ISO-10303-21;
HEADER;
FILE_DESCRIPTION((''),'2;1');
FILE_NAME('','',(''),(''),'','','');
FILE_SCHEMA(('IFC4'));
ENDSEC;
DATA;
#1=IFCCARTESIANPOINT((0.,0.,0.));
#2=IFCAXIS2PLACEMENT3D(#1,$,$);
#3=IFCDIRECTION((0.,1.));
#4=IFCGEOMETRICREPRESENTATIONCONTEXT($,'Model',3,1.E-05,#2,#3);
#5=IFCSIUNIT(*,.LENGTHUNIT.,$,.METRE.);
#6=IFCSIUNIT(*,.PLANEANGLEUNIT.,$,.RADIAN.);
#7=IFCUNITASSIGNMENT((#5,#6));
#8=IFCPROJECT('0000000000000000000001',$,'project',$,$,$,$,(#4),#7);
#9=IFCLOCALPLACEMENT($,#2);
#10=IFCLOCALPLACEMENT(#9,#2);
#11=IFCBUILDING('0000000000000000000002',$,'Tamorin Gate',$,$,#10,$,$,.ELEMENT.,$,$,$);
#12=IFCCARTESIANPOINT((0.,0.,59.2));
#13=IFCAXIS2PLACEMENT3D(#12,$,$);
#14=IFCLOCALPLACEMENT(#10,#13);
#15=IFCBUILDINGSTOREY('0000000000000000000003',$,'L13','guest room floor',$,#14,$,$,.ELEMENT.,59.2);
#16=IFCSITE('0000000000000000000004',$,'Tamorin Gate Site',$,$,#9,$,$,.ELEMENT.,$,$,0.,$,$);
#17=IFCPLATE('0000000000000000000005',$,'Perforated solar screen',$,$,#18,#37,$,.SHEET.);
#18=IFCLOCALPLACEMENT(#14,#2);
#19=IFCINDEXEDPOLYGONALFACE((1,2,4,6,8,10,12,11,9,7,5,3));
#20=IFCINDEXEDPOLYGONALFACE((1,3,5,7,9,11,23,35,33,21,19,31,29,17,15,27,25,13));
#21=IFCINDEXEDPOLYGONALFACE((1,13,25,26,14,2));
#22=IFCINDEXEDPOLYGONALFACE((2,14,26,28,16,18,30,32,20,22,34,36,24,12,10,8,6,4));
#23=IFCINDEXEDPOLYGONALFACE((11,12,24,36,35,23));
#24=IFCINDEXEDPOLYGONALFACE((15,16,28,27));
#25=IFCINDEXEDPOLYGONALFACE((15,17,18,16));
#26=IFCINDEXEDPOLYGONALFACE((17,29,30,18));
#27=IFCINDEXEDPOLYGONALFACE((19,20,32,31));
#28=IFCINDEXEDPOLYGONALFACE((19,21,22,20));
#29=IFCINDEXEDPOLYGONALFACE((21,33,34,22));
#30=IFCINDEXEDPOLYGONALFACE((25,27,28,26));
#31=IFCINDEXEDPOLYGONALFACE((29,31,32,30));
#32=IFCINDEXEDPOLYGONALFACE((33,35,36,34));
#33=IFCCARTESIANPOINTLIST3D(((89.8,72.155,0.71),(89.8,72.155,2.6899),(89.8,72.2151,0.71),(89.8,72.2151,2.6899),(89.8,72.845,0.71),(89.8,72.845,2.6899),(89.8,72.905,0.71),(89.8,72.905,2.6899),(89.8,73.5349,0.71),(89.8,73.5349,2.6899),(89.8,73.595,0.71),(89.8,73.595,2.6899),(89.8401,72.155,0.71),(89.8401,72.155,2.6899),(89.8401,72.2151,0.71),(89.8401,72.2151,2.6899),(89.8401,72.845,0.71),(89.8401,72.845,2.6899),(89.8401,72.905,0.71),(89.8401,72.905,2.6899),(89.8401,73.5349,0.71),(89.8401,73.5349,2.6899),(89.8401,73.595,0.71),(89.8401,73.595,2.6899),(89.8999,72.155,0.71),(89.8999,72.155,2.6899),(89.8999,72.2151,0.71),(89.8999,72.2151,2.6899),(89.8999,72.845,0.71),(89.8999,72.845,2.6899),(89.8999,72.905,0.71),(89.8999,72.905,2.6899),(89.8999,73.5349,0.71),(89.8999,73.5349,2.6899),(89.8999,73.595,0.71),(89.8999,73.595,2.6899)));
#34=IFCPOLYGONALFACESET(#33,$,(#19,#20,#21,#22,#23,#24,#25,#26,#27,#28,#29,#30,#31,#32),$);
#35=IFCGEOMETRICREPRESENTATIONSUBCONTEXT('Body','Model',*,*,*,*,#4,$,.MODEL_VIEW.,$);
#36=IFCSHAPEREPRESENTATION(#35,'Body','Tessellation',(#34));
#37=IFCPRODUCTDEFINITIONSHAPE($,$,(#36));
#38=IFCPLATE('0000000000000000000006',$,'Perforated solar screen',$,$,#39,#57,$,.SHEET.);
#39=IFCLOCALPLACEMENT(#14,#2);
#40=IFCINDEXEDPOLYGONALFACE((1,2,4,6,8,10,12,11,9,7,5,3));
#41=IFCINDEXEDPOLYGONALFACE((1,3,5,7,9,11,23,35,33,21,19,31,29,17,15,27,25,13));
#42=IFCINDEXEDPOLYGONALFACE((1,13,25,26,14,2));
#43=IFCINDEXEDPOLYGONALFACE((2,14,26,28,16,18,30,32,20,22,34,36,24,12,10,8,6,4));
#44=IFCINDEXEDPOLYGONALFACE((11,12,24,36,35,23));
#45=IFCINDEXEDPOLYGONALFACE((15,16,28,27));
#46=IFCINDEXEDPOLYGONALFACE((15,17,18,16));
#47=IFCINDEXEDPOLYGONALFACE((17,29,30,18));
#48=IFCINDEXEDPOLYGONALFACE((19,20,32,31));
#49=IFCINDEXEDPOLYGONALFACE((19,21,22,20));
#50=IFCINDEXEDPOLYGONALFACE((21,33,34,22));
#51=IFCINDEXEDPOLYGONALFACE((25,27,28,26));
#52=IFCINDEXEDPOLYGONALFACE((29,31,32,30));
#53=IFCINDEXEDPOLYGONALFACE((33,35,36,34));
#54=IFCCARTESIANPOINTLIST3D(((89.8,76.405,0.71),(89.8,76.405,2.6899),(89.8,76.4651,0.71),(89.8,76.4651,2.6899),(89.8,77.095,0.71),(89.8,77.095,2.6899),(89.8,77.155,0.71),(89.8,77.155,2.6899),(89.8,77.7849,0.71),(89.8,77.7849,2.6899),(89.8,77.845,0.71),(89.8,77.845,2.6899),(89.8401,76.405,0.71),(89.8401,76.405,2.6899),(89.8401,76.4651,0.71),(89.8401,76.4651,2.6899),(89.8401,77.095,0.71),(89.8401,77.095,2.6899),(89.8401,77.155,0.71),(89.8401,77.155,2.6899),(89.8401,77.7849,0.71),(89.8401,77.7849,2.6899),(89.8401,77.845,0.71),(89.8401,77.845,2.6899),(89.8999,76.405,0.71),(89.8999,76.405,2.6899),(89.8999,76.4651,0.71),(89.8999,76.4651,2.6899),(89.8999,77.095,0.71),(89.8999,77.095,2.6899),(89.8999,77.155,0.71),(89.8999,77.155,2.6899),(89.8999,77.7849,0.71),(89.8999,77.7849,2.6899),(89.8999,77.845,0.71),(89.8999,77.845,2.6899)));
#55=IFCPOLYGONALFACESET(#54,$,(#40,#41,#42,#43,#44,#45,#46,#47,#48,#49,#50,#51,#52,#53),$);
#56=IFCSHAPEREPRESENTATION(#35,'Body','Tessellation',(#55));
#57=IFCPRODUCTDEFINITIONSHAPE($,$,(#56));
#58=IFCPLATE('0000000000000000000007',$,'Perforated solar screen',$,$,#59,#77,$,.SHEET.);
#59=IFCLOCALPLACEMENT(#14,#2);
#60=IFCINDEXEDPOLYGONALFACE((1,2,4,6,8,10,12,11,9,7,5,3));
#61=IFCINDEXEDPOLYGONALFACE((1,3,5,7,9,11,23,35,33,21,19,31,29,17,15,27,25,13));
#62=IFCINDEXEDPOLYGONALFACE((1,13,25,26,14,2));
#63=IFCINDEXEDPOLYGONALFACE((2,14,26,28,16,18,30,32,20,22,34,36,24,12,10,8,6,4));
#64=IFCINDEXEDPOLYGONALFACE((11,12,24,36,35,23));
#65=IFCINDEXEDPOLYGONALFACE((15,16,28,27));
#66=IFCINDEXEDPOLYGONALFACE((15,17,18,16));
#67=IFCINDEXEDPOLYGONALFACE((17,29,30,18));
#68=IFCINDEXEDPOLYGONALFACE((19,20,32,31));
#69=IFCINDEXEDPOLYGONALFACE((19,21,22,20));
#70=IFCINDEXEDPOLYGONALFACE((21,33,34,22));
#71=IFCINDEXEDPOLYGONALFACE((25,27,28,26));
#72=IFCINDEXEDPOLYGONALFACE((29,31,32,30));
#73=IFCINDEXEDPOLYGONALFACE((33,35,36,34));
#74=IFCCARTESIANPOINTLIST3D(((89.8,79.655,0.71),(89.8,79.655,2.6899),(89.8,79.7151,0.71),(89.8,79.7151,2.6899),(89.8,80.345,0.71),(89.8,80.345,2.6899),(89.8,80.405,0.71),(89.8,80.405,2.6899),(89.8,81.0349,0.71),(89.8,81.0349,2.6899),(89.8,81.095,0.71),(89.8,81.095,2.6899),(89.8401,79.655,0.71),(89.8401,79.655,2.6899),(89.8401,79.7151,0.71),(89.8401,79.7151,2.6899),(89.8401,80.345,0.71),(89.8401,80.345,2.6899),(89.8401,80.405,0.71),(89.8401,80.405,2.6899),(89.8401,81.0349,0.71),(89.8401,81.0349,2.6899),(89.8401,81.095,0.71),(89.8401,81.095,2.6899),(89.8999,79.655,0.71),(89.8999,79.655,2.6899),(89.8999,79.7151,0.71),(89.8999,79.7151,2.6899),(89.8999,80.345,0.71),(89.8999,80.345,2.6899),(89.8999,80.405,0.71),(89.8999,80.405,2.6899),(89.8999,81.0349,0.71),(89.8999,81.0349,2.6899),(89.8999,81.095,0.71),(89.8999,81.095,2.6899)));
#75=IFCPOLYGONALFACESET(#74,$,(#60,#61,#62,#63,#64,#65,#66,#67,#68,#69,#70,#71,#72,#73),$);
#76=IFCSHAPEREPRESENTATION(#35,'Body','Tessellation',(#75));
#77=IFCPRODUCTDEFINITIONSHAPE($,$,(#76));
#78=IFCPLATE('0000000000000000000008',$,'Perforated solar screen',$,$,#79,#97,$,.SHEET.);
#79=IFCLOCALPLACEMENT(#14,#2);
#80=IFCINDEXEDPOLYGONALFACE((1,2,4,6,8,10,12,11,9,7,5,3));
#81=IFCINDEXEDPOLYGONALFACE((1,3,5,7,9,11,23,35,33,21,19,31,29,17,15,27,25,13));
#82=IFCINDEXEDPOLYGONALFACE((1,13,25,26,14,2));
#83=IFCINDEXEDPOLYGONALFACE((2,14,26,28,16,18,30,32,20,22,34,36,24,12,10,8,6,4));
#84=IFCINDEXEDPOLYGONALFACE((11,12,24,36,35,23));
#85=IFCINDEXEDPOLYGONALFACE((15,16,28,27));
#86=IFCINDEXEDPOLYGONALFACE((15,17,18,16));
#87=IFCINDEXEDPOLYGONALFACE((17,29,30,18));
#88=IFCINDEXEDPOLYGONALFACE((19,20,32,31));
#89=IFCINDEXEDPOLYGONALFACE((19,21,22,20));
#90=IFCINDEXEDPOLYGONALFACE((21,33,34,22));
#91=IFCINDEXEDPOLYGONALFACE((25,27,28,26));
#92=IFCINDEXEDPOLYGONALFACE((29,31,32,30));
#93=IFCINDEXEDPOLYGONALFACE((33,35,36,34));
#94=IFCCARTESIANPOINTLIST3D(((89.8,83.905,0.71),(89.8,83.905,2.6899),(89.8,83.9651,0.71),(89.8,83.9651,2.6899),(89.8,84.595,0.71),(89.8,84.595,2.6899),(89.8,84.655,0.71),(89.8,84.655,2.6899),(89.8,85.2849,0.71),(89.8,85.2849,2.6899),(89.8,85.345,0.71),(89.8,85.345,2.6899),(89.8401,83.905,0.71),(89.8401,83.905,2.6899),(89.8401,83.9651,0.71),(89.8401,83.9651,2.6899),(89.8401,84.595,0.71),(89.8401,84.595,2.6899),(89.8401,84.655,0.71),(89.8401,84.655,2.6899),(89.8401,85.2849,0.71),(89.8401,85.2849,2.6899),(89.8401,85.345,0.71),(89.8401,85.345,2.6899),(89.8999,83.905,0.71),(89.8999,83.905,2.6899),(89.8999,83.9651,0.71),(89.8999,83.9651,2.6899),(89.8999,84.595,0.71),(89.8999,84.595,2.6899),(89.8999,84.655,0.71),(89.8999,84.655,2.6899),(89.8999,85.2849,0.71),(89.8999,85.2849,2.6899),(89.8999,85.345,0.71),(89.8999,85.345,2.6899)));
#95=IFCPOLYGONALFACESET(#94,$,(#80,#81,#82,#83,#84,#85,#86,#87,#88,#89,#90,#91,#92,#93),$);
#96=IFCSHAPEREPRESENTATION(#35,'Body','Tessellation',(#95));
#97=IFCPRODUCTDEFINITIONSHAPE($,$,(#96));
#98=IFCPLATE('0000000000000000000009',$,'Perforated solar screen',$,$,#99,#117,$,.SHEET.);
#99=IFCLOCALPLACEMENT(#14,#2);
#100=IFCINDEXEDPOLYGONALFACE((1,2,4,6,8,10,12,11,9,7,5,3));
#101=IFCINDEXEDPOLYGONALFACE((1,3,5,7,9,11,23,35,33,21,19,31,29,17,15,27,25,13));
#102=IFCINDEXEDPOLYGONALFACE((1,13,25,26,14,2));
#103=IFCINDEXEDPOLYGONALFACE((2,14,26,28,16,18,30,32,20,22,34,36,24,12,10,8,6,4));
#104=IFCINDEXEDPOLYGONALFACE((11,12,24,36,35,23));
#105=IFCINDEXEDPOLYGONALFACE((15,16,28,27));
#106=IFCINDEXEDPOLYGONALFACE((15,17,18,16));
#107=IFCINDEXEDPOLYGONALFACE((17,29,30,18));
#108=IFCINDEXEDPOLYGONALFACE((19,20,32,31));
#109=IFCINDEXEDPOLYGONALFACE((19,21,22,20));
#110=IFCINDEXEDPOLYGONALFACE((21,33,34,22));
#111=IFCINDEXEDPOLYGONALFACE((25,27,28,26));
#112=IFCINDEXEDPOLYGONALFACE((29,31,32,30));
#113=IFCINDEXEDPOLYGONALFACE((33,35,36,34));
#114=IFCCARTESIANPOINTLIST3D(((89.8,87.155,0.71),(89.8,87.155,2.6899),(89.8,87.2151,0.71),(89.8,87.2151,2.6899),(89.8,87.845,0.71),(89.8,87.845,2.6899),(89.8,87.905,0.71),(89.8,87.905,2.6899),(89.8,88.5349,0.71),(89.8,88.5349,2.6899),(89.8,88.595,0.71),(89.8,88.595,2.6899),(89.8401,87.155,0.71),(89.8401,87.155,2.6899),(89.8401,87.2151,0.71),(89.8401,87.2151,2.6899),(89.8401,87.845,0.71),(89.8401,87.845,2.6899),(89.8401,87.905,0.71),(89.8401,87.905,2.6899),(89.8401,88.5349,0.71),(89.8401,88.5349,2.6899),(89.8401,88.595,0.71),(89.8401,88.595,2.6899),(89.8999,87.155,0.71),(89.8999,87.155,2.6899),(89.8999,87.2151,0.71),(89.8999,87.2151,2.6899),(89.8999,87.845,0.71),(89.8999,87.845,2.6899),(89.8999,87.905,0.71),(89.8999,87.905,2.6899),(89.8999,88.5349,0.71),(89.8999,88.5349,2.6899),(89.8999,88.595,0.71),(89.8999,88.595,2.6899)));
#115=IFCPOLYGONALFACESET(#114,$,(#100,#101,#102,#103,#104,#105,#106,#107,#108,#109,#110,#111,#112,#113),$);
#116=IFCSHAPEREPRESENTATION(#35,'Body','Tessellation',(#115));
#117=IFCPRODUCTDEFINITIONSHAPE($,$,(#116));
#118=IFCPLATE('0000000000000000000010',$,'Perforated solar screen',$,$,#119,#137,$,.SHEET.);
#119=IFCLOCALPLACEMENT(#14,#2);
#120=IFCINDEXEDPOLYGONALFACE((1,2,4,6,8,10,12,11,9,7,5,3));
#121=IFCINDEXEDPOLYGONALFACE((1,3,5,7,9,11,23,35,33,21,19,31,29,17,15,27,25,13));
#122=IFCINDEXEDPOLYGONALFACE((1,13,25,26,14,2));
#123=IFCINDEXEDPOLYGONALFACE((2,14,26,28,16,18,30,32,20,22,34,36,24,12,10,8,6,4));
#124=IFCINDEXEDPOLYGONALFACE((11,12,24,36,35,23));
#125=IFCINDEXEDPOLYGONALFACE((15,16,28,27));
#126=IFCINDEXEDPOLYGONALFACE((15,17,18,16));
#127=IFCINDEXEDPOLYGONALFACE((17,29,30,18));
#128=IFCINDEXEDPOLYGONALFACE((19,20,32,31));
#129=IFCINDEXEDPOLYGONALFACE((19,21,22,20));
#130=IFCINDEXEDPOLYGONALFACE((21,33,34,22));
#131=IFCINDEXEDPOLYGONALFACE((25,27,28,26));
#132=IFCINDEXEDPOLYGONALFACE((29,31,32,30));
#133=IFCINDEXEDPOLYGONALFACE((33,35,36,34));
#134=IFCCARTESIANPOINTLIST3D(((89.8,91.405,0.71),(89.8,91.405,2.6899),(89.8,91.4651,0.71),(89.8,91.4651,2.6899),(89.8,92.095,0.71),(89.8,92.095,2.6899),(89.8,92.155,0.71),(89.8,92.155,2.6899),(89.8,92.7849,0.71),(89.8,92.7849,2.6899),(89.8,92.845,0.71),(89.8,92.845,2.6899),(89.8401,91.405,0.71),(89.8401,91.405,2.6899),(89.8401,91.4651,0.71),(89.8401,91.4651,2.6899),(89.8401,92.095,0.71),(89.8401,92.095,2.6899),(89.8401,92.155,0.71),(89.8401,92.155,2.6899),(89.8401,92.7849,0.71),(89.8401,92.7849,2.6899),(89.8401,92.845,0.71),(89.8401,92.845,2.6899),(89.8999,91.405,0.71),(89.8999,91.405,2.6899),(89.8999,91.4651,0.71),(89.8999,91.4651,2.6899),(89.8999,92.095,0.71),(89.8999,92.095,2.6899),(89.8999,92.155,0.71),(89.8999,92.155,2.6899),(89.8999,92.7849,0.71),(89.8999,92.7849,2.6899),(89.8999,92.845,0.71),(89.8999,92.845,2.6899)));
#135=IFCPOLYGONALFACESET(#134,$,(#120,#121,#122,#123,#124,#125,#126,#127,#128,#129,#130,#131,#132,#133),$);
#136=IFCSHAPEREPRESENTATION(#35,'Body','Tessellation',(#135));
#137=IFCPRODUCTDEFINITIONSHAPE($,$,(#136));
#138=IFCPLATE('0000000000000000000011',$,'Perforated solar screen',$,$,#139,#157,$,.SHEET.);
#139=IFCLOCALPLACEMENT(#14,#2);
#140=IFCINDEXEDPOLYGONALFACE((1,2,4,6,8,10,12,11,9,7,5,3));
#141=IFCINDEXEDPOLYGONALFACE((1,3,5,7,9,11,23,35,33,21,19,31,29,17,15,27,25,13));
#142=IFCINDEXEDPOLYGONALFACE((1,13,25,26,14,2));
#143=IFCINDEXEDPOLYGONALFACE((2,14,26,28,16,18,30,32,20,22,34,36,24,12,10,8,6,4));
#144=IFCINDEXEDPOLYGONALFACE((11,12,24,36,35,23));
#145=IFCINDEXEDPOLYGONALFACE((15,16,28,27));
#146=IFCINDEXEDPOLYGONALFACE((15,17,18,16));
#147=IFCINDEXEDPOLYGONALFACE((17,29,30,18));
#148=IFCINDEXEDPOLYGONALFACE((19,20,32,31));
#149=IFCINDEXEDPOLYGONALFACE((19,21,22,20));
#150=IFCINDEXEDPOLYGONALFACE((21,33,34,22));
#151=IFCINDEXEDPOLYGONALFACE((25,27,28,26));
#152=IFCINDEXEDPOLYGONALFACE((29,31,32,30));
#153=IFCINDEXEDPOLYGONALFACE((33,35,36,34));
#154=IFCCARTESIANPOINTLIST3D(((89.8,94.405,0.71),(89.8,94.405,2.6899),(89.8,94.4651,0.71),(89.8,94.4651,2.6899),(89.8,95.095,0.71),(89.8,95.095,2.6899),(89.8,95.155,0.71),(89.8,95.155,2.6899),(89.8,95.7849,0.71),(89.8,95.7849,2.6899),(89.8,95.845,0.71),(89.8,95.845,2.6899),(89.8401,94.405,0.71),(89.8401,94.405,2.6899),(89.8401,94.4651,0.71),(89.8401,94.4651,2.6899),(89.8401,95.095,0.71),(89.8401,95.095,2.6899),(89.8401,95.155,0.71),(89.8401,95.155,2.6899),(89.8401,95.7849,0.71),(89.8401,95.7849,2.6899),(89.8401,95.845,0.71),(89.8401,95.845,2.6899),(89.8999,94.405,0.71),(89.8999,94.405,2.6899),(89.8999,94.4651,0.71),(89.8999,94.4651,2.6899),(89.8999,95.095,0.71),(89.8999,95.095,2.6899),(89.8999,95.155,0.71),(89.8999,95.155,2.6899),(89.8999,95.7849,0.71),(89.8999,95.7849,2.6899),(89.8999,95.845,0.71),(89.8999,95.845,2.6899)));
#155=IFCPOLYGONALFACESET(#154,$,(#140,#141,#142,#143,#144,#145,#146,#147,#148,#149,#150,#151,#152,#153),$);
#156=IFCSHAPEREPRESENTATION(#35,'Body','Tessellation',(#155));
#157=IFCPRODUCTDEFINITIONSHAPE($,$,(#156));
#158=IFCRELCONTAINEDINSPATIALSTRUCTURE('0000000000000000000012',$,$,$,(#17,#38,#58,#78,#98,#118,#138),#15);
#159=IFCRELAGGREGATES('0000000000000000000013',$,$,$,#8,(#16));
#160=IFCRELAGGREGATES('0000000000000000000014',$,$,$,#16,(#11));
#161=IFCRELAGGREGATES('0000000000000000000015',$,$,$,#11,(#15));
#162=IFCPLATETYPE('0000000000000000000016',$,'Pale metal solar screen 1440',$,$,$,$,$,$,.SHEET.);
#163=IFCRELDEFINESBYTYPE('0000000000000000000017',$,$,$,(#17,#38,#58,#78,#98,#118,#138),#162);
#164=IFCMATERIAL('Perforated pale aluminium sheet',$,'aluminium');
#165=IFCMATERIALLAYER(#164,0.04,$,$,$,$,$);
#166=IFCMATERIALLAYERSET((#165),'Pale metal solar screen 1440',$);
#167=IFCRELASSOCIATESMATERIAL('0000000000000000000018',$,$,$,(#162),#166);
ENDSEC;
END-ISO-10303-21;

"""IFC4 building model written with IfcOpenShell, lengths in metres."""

from ifc_helpers import new_model, si_unit, direction, frame, origin, place, context, subcontext, project, spatial, polyline, outline, extrude, material, layer, layer_set, type_object, element, save


model = new_model("IFC4")

# Units and contexts
model_context = context("Model", 3, precision=1e-05, world=origin(), true_north=direction((0.0, 1.0)))
body_context = subcontext(model_context, "Body", "Model", "MODEL_VIEW")
ifc_project = project(units=[si_unit("LENGTHUNIT", "METRE"), si_unit("PLANEANGLEUNIT", "RADIAN")], contexts=[model_context])

# Site, building, storey
site_placement = place(None, origin())
site = spatial("IfcSite", under=ifc_project, at=site_placement, Name="Tamorin Gate Site", CompositionType="ELEMENT", RefElevation=0.0)
building_placement = place(site_placement, origin())
building = spatial("IfcBuilding", under=site, at=building_placement, Name="Tamorin Gate", CompositionType="ELEMENT")
storey_placement = place(building_placement, frame((0.0, 0.0, 59.2)))
storey = spatial("IfcBuildingStorey", under=building, at=storey_placement, Name="L13", Description="guest room floor", CompositionType="ELEMENT", Elevation=59.2)

# Plates
ifc_material = material(Name="Perforated pale aluminium sheet", Category="aluminium")
ifc_layer = layer(ifc_material, 0.04)
ifc_layer_set = layer_set([ifc_layer], Name="Pale metal solar screen 1440")
plate_type = type_object("IfcPlateType", Name="Pale metal solar screen 1440", PredefinedType="SHEET", material=ifc_layer_set)
plate_1_placement = place(storey_placement, frame((0.0, 0.0, 0.71)))
element("IfcPlate", 1, at=plate_1_placement, inside=storey, type_object=plate_type, Name="Perforated solar screen", PredefinedType="SHEET", context=body_context, shape_type="SweptSolid", body=[
    extrude(outline(polyline([(89.8401, 72.155), (89.8, 72.155), (89.8, 72.2151), (89.8, 72.845), (89.8, 72.905), (89.8, 73.5349), (89.8, 73.595), (89.8401, 73.595), (89.8999, 73.595), (89.8999, 73.5349), (89.8401, 73.5349), (89.8401, 72.905), (89.8999, 72.905), (89.8999, 72.845), (89.8401, 72.845), (89.8401, 72.2151), (89.8999, 72.2151), (89.8999, 72.155), (89.8401, 72.155)])), origin(), (0.0, 0.0, 1.0), 1.98),
])
plate_2_placement = place(storey_placement, frame((0.0, 0.0, 0.71)))
element("IfcPlate", 2, at=plate_2_placement, inside=storey, type_object=plate_type, Name="Perforated solar screen", PredefinedType="SHEET", context=body_context, shape_type="SweptSolid", body=[
    extrude(outline(polyline([(89.8401, 76.405), (89.8, 76.405), (89.8, 76.4651), (89.8, 77.095), (89.8, 77.155), (89.8, 77.7849), (89.8, 77.845), (89.8401, 77.845), (89.8999, 77.845), (89.8999, 77.7849), (89.8401, 77.7849), (89.8401, 77.155), (89.8999, 77.155), (89.8999, 77.095), (89.8401, 77.095), (89.8401, 76.4651), (89.8999, 76.4651), (89.8999, 76.405), (89.8401, 76.405)])), origin(), (0.0, 0.0, 1.0), 1.98),
])
plate_3_placement = place(storey_placement, frame((0.0, 0.0, 0.71)))
element("IfcPlate", 3, at=plate_3_placement, inside=storey, type_object=plate_type, Name="Perforated solar screen", PredefinedType="SHEET", context=body_context, shape_type="SweptSolid", body=[
    extrude(outline(polyline([(89.8401, 79.655), (89.8, 79.655), (89.8, 79.7151), (89.8, 80.345), (89.8, 80.405), (89.8, 81.0349), (89.8, 81.095), (89.8401, 81.095), (89.8999, 81.095), (89.8999, 81.0349), (89.8401, 81.0349), (89.8401, 80.405), (89.8999, 80.405), (89.8999, 80.345), (89.8401, 80.345), (89.8401, 79.7151), (89.8999, 79.7151), (89.8999, 79.655), (89.8401, 79.655)])), origin(), (0.0, 0.0, 1.0), 1.98),
])
plate_4_placement = place(storey_placement, frame((0.0, 0.0, 0.71)))
element("IfcPlate", 4, at=plate_4_placement, inside=storey, type_object=plate_type, Name="Perforated solar screen", PredefinedType="SHEET", context=body_context, shape_type="SweptSolid", body=[
    extrude(outline(polyline([(89.8401, 83.905), (89.8, 83.905), (89.8, 83.9651), (89.8, 84.595), (89.8, 84.655), (89.8, 85.2849), (89.8, 85.345), (89.8401, 85.345), (89.8999, 85.345), (89.8999, 85.2849), (89.8401, 85.2849), (89.8401, 84.655), (89.8999, 84.655), (89.8999, 84.595), (89.8401, 84.595), (89.8401, 83.9651), (89.8999, 83.9651), (89.8999, 83.905), (89.8401, 83.905)])), origin(), (0.0, 0.0, 1.0), 1.98),
])
plate_5_placement = place(storey_placement, frame((0.0, 0.0, 0.71)))
element("IfcPlate", 5, at=plate_5_placement, inside=storey, type_object=plate_type, Name="Perforated solar screen", PredefinedType="SHEET", context=body_context, shape_type="SweptSolid", body=[
    extrude(outline(polyline([(89.8401, 87.155), (89.8, 87.155), (89.8, 87.2151), (89.8, 87.845), (89.8, 87.905), (89.8, 88.5349), (89.8, 88.595), (89.8401, 88.595), (89.8999, 88.595), (89.8999, 88.5349), (89.8401, 88.5349), (89.8401, 87.905), (89.8999, 87.905), (89.8999, 87.845), (89.8401, 87.845), (89.8401, 87.2151), (89.8999, 87.2151), (89.8999, 87.155), (89.8401, 87.155)])), origin(), (0.0, 0.0, 1.0), 1.98),
])
plate_6_placement = place(storey_placement, frame((0.0, 0.0, 0.71)))
element("IfcPlate", 6, at=plate_6_placement, inside=storey, type_object=plate_type, Name="Perforated solar screen", PredefinedType="SHEET", context=body_context, shape_type="SweptSolid", body=[
    extrude(outline(polyline([(89.8401, 91.405), (89.8, 91.405), (89.8, 91.4651), (89.8, 92.095), (89.8, 92.155), (89.8, 92.7849), (89.8, 92.845), (89.8401, 92.845), (89.8999, 92.845), (89.8999, 92.7849), (89.8401, 92.7849), (89.8401, 92.155), (89.8999, 92.155), (89.8999, 92.095), (89.8401, 92.095), (89.8401, 91.4651), (89.8999, 91.4651), (89.8999, 91.405), (89.8401, 91.405)])), origin(), (0.0, 0.0, 1.0), 1.98),
])
plate_7_placement = place(storey_placement, frame((0.0, 0.0, 0.71)))
element("IfcPlate", 7, at=plate_7_placement, inside=storey, type_object=plate_type, Name="Perforated solar screen", PredefinedType="SHEET", context=body_context, shape_type="SweptSolid", body=[
    extrude(outline(polyline([(89.8401, 94.405), (89.8, 94.405), (89.8, 94.4651), (89.8, 95.095), (89.8, 95.155), (89.8, 95.7849), (89.8, 95.845), (89.8401, 95.845), (89.8999, 95.845), (89.8999, 95.7849), (89.8401, 95.7849), (89.8401, 95.155), (89.8999, 95.155), (89.8999, 95.095), (89.8401, 95.095), (89.8401, 94.4651), (89.8999, 94.4651), (89.8999, 94.405), (89.8401, 94.405)])), origin(), (0.0, 0.0, 1.0), 1.98),
])

save(model, "model.ifc")
